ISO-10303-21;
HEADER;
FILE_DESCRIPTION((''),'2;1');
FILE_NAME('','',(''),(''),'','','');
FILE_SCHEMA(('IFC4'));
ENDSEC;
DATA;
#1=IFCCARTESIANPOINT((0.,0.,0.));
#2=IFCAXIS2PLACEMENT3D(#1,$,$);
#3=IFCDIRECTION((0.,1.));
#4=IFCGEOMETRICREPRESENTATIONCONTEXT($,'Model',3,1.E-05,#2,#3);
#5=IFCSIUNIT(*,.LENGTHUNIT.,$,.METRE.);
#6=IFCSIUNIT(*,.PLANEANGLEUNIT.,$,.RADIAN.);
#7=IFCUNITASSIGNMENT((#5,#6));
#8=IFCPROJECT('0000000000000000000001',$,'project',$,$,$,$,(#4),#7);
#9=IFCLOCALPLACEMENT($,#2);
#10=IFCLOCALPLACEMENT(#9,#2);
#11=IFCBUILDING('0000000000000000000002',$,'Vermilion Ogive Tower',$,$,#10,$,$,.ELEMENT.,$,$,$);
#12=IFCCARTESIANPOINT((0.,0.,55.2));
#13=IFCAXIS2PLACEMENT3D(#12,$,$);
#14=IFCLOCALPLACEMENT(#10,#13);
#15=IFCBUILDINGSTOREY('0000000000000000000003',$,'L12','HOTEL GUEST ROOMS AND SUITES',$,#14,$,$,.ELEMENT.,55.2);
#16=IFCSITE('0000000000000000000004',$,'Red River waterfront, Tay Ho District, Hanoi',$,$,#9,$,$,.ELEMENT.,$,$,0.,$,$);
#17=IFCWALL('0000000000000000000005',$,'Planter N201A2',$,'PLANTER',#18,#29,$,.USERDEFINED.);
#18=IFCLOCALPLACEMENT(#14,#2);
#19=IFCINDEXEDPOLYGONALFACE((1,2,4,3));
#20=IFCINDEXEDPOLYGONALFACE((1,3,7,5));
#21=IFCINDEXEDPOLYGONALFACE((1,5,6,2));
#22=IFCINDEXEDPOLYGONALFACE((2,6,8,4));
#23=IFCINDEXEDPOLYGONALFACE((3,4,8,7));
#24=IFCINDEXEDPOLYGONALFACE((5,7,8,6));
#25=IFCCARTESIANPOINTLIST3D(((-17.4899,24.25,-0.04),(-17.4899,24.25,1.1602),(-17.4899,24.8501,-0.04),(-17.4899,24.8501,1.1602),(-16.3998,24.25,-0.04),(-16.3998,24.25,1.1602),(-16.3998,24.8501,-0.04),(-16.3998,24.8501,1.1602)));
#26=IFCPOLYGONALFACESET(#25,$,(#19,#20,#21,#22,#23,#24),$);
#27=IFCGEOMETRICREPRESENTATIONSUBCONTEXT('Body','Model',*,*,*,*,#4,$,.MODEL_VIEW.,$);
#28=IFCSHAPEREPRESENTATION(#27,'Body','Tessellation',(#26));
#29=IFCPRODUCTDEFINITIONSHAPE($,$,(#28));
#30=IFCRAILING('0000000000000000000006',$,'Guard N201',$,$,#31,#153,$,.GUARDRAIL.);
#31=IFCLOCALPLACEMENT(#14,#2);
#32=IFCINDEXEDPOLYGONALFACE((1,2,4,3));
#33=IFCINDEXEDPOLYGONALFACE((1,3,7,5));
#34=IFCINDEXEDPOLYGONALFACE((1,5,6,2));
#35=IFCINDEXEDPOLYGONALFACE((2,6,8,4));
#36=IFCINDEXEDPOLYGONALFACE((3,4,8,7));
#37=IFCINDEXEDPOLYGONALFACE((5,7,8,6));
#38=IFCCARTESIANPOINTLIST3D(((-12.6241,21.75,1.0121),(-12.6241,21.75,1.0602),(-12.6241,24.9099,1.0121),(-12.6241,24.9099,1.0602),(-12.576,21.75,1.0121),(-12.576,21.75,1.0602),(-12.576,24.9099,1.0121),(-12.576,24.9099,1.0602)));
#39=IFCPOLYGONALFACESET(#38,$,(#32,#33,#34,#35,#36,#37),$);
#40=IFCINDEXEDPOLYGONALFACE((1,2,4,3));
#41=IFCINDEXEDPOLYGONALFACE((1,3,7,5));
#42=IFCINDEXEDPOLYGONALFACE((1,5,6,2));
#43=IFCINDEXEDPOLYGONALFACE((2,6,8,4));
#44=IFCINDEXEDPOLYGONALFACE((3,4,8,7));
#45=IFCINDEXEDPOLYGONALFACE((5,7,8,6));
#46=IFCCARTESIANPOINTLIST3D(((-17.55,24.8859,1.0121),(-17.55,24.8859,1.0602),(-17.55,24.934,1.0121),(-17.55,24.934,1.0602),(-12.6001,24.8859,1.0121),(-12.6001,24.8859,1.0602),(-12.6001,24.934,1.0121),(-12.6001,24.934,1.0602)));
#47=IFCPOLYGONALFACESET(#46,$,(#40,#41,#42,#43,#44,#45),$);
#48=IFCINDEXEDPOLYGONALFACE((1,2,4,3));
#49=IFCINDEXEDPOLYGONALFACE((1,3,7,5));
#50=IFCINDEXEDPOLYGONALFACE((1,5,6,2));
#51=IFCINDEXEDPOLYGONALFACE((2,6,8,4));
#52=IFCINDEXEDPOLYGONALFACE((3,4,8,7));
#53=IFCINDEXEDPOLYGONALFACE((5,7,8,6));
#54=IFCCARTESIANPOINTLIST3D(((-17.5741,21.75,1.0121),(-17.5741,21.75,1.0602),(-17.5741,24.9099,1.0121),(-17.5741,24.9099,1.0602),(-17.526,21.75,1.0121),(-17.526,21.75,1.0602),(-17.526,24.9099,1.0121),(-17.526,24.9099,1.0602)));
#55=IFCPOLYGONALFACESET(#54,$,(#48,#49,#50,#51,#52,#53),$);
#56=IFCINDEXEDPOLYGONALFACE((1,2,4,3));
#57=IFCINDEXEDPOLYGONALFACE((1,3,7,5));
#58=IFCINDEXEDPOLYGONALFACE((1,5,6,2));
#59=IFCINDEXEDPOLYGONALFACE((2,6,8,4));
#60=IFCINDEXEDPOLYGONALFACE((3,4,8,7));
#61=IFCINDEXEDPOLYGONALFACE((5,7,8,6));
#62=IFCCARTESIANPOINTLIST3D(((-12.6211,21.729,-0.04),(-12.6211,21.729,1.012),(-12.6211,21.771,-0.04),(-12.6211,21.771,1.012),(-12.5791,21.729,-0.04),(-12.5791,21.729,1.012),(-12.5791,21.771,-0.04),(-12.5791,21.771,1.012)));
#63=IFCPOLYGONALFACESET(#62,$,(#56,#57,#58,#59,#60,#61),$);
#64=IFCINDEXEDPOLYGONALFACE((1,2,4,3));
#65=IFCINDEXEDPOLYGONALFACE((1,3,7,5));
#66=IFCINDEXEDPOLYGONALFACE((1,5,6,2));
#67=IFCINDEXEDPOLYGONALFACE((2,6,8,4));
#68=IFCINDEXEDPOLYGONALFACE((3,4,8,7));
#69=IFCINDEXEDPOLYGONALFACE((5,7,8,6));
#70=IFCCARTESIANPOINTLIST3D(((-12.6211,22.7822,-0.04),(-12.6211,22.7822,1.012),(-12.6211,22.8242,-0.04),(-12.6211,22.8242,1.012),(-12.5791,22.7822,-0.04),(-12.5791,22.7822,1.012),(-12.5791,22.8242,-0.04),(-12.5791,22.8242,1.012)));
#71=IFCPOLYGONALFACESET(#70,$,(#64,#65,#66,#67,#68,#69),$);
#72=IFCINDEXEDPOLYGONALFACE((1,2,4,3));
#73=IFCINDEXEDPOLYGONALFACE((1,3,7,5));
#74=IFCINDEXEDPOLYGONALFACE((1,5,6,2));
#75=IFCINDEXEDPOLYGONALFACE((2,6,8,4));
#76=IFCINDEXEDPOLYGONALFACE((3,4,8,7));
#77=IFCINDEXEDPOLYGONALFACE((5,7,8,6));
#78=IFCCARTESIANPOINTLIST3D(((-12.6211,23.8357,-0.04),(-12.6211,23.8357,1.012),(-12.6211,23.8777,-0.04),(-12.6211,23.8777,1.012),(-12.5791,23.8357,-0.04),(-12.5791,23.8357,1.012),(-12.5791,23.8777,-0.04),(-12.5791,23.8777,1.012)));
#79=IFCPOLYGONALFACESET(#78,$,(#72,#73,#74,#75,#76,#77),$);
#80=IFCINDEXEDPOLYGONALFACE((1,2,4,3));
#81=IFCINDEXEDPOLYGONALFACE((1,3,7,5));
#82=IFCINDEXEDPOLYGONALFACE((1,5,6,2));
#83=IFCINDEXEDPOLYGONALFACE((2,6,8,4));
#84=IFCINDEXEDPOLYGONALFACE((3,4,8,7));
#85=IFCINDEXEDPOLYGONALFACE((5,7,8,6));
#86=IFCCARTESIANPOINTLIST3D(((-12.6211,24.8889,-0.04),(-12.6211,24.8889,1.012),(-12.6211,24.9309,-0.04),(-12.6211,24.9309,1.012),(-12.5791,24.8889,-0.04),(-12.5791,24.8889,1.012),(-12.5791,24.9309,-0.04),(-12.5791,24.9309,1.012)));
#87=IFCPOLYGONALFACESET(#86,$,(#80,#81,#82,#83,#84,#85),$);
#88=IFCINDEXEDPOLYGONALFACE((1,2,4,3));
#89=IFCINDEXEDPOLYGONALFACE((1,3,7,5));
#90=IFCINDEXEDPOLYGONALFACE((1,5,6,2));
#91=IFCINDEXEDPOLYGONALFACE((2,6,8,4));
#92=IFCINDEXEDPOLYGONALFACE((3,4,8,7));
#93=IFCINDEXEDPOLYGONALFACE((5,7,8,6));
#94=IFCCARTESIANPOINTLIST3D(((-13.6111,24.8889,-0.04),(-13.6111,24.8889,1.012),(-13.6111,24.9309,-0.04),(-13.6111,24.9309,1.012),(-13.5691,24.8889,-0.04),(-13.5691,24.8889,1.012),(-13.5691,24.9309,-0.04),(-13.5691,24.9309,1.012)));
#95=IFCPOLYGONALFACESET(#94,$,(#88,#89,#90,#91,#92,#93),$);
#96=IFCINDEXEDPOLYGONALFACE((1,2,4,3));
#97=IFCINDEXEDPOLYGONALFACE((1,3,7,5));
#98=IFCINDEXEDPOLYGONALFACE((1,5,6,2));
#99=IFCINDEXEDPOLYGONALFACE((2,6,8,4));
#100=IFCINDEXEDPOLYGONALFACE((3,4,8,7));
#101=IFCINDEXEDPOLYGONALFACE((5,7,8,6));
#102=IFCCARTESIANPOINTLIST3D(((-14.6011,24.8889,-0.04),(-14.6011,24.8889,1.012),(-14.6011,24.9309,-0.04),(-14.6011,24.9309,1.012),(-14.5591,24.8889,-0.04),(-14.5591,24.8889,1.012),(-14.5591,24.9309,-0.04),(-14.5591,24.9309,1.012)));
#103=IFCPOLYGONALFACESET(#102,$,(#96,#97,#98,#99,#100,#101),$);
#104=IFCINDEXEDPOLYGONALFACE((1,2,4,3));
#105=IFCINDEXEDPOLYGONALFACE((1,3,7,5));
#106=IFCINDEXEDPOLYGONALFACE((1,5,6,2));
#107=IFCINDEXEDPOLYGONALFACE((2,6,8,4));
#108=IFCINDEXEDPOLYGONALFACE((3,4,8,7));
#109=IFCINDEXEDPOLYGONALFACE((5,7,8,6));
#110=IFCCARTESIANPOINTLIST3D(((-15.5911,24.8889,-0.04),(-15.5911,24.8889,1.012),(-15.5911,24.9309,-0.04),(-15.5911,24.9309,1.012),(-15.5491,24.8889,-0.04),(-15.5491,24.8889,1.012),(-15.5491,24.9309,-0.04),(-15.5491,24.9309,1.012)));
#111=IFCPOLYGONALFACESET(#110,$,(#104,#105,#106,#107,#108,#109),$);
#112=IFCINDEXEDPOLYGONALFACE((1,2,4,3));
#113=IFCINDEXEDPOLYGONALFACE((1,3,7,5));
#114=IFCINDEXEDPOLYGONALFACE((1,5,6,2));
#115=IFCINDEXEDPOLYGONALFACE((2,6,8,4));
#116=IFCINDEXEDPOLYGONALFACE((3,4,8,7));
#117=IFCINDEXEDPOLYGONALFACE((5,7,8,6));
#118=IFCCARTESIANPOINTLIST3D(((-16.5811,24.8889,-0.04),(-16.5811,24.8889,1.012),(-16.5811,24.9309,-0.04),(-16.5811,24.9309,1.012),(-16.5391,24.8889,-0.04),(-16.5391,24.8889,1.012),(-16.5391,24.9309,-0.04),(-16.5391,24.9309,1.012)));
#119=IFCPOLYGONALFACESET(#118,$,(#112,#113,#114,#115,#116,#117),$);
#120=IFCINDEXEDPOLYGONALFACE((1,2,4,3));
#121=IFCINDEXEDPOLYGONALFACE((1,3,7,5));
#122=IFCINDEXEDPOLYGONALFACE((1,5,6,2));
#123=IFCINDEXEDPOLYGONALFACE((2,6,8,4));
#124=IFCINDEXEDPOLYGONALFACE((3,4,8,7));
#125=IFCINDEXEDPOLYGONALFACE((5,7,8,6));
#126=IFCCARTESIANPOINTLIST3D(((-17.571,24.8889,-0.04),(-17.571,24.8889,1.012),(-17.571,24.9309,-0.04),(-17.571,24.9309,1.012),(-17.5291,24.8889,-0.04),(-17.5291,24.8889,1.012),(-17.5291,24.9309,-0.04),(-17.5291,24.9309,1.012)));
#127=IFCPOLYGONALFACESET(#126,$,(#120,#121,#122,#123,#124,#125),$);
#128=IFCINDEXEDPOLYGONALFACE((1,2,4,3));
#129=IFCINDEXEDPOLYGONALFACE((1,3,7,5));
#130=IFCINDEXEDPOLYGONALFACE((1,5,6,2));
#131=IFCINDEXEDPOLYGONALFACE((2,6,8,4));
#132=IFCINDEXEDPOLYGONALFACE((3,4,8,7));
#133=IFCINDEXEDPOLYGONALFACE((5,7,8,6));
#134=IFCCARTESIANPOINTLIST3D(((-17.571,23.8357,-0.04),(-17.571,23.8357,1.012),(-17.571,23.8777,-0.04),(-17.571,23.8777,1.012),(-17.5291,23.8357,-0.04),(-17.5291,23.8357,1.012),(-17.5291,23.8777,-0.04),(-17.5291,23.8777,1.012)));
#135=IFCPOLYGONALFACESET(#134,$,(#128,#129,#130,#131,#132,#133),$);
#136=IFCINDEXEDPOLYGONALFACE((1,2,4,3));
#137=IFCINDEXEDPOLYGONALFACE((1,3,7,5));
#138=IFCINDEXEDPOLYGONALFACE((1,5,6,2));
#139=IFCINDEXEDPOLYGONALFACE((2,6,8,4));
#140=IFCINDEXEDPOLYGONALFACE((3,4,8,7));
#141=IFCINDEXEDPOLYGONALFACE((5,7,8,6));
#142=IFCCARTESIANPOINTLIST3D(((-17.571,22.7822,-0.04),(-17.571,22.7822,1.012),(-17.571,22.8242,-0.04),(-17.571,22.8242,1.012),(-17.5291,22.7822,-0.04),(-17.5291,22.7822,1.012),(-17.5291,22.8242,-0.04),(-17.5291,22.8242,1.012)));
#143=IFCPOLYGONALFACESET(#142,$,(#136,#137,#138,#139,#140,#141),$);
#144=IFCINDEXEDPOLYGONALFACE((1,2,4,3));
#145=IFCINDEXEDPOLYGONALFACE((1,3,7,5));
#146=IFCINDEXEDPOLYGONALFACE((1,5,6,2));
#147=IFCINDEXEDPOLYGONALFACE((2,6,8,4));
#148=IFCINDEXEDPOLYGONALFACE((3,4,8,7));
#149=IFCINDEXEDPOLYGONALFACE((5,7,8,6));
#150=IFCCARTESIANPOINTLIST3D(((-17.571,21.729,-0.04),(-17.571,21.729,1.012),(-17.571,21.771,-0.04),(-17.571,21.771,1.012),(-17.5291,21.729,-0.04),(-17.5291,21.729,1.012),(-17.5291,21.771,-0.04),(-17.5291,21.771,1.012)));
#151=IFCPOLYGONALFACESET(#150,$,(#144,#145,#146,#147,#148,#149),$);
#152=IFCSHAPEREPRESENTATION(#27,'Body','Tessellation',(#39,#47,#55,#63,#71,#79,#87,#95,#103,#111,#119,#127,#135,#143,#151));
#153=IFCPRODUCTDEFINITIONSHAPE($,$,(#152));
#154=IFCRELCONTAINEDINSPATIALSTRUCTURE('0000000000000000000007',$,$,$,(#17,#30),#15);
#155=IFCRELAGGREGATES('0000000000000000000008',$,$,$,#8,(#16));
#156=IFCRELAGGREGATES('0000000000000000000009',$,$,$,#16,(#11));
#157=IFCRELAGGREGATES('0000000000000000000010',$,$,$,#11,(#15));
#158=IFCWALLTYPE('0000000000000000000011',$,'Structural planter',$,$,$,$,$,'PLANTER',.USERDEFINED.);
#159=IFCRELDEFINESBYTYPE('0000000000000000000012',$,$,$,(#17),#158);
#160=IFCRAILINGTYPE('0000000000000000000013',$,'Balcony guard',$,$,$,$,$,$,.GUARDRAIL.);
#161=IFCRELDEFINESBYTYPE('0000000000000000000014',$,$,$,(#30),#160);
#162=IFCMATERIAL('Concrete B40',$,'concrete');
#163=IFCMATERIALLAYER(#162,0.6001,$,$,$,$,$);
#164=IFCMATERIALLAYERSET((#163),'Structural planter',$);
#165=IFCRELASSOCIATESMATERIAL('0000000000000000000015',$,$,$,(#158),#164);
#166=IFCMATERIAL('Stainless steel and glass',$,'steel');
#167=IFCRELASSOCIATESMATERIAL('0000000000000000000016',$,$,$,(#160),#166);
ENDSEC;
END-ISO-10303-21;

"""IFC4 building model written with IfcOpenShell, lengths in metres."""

from ifc_helpers import new_model, si_unit, direction, frame, frame_2d, origin, origin_2d, place, context, subcontext, project, spatial, rectangle, extrude, material, layer, layer_set, type_object, element, save


model = new_model("IFC4")

# Units and contexts
model_context = context("Model", 3, precision=1e-05, world=origin(), true_north=direction((0.0, 1.0)))
body_context = subcontext(model_context, "Body", "Model", "MODEL_VIEW")
ifc_project = project(units=[si_unit("LENGTHUNIT", "METRE"), si_unit("PLANEANGLEUNIT", "RADIAN")], contexts=[model_context])

# Site, building, storey
site_placement = place(None, origin())
site = spatial("IfcSite", under=ifc_project, at=site_placement, Name="Red River waterfront, Tay Ho District, Hanoi", CompositionType="ELEMENT", RefElevation=0.0)
building_placement = place(site_placement, origin())
building = spatial("IfcBuilding", under=site, at=building_placement, Name="Vermilion Ogive Tower", CompositionType="ELEMENT")
storey_placement = place(building_placement, frame((0.0, 0.0, 55.2)))
storey = spatial("IfcBuildingStorey", under=building, at=storey_placement, Name="L12", Description="HOTEL GUEST ROOMS AND SUITES", CompositionType="ELEMENT", Elevation=55.2)

# Wall
ifc_material_1 = material(Name="Concrete B40", Category="concrete")
ifc_layer_1 = layer(ifc_material_1, 0.6001)
ifc_layer_set_1 = layer_set([ifc_layer_1], Name="Structural planter")
wall_type_1 = type_object("IfcWallType", Name="Structural planter", ElementType="PLANTER", PredefinedType="USERDEFINED", material=ifc_layer_set_1)
wall_1_placement = place(storey_placement, frame((-16.3999, 24.55, -0.04), z_axis=(0.0, 0.0, 1.0), x_axis=(-1.0, 0.0, 0.0)))
element("IfcWall", 1, at=wall_1_placement, inside=storey, type_object=wall_type_1, Name="Planter N201A2", ObjectType="PLANTER", PredefinedType="USERDEFINED", context=body_context, shape_type="SweptSolid", body=[
    extrude(rectangle(XDim=1.0901, YDim=0.6001, at=frame_2d((0.5449, 0.0))), origin(), (0.0, 0.0, 1.0), 1.2002),
])

# Railing
ifc_material_2 = material(Name="Stainless steel and glass", Category="steel")
railing_type = type_object("IfcRailingType", Name="Balcony guard", PredefinedType="GUARDRAIL", material=ifc_material_2)
railing_placement = place(storey_placement, frame((-12.6001, 21.75, -0.04)))
element("IfcRailing", 2, at=railing_placement, inside=storey, type_object=railing_type, Name="Guard N201", PredefinedType="GUARDRAIL", context=body_context, shape_type="SweptSolid", body=[
    extrude(rectangle(XDim=0.0481, YDim=0.0481, at=origin_2d()), frame((0.0, 0.0, 1.0762), z_axis=(0.0, 1.0, 0.0), x_axis=(-1.0, 0.0, 0.0)), (0.0, 0.0, 1.0), 3.1599),
    extrude(rectangle(XDim=0.0481, YDim=0.0481, at=origin_2d()), frame((0.0, 3.1599, 1.0762), z_axis=(-1.0, 0.0, 0.0), x_axis=(0.0, -1.0, 0.0)), (0.0, 0.0, 1.0), 4.95),
    extrude(rectangle(XDim=0.0481, YDim=0.0481, at=origin_2d()), frame((-4.95, 3.1599, 1.0762), z_axis=(0.0, -1.0, 0.0), x_axis=(1.0, 0.0, 0.0)), (0.0, 0.0, 1.0), 3.1599),
    extrude(rectangle(XDim=0.042, YDim=0.042, at=origin_2d()), origin(), (0.0, 0.0, 1.0), 1.052),
    extrude(rectangle(XDim=0.042, YDim=0.042, at=origin_2d()), frame((0.0, 1.0532, 0.0)), (0.0, 0.0, 1.0), 1.052),
    extrude(rectangle(XDim=0.042, YDim=0.042, at=origin_2d()), frame((0.0, 2.1067, 0.0)), (0.0, 0.0, 1.0), 1.052),
    extrude(rectangle(XDim=0.042, YDim=0.042, at=origin_2d()), frame((0.0, 3.1599, 0.0)), (0.0, 0.0, 1.0), 1.052),
    extrude(rectangle(XDim=0.042, YDim=0.042, at=origin_2d()), frame((-0.99, 3.1599, 0.0)), (0.0, 0.0, 1.0), 1.052),
    extrude(rectangle(XDim=0.042, YDim=0.042, at=origin_2d()), frame((-1.98, 3.1599, 0.0)), (0.0, 0.0, 1.0), 1.052),
    extrude(rectangle(XDim=0.042, YDim=0.042, at=origin_2d()), frame((-2.97, 3.1599, 0.0)), (0.0, 0.0, 1.0), 1.052),
    extrude(rectangle(XDim=0.042, YDim=0.042, at=origin_2d()), frame((-3.96, 3.1599, 0.0)), (0.0, 0.0, 1.0), 1.052),
    extrude(rectangle(XDim=0.042, YDim=0.042, at=origin_2d()), frame((-4.95, 3.1599, 0.0)), (0.0, 0.0, 1.0), 1.052),
    extrude(rectangle(XDim=0.042, YDim=0.042, at=origin_2d()), frame((-4.95, 2.1067, 0.0)), (0.0, 0.0, 1.0), 1.052),
    extrude(rectangle(XDim=0.042, YDim=0.042, at=origin_2d()), frame((-4.95, 1.0532, 0.0)), (0.0, 0.0, 1.0), 1.052),
    extrude(rectangle(XDim=0.042, YDim=0.042, at=origin_2d()), frame((-4.95, 0.0, 0.0)), (0.0, 0.0, 1.0), 1.052),
])

save(model, "model.ifc")
